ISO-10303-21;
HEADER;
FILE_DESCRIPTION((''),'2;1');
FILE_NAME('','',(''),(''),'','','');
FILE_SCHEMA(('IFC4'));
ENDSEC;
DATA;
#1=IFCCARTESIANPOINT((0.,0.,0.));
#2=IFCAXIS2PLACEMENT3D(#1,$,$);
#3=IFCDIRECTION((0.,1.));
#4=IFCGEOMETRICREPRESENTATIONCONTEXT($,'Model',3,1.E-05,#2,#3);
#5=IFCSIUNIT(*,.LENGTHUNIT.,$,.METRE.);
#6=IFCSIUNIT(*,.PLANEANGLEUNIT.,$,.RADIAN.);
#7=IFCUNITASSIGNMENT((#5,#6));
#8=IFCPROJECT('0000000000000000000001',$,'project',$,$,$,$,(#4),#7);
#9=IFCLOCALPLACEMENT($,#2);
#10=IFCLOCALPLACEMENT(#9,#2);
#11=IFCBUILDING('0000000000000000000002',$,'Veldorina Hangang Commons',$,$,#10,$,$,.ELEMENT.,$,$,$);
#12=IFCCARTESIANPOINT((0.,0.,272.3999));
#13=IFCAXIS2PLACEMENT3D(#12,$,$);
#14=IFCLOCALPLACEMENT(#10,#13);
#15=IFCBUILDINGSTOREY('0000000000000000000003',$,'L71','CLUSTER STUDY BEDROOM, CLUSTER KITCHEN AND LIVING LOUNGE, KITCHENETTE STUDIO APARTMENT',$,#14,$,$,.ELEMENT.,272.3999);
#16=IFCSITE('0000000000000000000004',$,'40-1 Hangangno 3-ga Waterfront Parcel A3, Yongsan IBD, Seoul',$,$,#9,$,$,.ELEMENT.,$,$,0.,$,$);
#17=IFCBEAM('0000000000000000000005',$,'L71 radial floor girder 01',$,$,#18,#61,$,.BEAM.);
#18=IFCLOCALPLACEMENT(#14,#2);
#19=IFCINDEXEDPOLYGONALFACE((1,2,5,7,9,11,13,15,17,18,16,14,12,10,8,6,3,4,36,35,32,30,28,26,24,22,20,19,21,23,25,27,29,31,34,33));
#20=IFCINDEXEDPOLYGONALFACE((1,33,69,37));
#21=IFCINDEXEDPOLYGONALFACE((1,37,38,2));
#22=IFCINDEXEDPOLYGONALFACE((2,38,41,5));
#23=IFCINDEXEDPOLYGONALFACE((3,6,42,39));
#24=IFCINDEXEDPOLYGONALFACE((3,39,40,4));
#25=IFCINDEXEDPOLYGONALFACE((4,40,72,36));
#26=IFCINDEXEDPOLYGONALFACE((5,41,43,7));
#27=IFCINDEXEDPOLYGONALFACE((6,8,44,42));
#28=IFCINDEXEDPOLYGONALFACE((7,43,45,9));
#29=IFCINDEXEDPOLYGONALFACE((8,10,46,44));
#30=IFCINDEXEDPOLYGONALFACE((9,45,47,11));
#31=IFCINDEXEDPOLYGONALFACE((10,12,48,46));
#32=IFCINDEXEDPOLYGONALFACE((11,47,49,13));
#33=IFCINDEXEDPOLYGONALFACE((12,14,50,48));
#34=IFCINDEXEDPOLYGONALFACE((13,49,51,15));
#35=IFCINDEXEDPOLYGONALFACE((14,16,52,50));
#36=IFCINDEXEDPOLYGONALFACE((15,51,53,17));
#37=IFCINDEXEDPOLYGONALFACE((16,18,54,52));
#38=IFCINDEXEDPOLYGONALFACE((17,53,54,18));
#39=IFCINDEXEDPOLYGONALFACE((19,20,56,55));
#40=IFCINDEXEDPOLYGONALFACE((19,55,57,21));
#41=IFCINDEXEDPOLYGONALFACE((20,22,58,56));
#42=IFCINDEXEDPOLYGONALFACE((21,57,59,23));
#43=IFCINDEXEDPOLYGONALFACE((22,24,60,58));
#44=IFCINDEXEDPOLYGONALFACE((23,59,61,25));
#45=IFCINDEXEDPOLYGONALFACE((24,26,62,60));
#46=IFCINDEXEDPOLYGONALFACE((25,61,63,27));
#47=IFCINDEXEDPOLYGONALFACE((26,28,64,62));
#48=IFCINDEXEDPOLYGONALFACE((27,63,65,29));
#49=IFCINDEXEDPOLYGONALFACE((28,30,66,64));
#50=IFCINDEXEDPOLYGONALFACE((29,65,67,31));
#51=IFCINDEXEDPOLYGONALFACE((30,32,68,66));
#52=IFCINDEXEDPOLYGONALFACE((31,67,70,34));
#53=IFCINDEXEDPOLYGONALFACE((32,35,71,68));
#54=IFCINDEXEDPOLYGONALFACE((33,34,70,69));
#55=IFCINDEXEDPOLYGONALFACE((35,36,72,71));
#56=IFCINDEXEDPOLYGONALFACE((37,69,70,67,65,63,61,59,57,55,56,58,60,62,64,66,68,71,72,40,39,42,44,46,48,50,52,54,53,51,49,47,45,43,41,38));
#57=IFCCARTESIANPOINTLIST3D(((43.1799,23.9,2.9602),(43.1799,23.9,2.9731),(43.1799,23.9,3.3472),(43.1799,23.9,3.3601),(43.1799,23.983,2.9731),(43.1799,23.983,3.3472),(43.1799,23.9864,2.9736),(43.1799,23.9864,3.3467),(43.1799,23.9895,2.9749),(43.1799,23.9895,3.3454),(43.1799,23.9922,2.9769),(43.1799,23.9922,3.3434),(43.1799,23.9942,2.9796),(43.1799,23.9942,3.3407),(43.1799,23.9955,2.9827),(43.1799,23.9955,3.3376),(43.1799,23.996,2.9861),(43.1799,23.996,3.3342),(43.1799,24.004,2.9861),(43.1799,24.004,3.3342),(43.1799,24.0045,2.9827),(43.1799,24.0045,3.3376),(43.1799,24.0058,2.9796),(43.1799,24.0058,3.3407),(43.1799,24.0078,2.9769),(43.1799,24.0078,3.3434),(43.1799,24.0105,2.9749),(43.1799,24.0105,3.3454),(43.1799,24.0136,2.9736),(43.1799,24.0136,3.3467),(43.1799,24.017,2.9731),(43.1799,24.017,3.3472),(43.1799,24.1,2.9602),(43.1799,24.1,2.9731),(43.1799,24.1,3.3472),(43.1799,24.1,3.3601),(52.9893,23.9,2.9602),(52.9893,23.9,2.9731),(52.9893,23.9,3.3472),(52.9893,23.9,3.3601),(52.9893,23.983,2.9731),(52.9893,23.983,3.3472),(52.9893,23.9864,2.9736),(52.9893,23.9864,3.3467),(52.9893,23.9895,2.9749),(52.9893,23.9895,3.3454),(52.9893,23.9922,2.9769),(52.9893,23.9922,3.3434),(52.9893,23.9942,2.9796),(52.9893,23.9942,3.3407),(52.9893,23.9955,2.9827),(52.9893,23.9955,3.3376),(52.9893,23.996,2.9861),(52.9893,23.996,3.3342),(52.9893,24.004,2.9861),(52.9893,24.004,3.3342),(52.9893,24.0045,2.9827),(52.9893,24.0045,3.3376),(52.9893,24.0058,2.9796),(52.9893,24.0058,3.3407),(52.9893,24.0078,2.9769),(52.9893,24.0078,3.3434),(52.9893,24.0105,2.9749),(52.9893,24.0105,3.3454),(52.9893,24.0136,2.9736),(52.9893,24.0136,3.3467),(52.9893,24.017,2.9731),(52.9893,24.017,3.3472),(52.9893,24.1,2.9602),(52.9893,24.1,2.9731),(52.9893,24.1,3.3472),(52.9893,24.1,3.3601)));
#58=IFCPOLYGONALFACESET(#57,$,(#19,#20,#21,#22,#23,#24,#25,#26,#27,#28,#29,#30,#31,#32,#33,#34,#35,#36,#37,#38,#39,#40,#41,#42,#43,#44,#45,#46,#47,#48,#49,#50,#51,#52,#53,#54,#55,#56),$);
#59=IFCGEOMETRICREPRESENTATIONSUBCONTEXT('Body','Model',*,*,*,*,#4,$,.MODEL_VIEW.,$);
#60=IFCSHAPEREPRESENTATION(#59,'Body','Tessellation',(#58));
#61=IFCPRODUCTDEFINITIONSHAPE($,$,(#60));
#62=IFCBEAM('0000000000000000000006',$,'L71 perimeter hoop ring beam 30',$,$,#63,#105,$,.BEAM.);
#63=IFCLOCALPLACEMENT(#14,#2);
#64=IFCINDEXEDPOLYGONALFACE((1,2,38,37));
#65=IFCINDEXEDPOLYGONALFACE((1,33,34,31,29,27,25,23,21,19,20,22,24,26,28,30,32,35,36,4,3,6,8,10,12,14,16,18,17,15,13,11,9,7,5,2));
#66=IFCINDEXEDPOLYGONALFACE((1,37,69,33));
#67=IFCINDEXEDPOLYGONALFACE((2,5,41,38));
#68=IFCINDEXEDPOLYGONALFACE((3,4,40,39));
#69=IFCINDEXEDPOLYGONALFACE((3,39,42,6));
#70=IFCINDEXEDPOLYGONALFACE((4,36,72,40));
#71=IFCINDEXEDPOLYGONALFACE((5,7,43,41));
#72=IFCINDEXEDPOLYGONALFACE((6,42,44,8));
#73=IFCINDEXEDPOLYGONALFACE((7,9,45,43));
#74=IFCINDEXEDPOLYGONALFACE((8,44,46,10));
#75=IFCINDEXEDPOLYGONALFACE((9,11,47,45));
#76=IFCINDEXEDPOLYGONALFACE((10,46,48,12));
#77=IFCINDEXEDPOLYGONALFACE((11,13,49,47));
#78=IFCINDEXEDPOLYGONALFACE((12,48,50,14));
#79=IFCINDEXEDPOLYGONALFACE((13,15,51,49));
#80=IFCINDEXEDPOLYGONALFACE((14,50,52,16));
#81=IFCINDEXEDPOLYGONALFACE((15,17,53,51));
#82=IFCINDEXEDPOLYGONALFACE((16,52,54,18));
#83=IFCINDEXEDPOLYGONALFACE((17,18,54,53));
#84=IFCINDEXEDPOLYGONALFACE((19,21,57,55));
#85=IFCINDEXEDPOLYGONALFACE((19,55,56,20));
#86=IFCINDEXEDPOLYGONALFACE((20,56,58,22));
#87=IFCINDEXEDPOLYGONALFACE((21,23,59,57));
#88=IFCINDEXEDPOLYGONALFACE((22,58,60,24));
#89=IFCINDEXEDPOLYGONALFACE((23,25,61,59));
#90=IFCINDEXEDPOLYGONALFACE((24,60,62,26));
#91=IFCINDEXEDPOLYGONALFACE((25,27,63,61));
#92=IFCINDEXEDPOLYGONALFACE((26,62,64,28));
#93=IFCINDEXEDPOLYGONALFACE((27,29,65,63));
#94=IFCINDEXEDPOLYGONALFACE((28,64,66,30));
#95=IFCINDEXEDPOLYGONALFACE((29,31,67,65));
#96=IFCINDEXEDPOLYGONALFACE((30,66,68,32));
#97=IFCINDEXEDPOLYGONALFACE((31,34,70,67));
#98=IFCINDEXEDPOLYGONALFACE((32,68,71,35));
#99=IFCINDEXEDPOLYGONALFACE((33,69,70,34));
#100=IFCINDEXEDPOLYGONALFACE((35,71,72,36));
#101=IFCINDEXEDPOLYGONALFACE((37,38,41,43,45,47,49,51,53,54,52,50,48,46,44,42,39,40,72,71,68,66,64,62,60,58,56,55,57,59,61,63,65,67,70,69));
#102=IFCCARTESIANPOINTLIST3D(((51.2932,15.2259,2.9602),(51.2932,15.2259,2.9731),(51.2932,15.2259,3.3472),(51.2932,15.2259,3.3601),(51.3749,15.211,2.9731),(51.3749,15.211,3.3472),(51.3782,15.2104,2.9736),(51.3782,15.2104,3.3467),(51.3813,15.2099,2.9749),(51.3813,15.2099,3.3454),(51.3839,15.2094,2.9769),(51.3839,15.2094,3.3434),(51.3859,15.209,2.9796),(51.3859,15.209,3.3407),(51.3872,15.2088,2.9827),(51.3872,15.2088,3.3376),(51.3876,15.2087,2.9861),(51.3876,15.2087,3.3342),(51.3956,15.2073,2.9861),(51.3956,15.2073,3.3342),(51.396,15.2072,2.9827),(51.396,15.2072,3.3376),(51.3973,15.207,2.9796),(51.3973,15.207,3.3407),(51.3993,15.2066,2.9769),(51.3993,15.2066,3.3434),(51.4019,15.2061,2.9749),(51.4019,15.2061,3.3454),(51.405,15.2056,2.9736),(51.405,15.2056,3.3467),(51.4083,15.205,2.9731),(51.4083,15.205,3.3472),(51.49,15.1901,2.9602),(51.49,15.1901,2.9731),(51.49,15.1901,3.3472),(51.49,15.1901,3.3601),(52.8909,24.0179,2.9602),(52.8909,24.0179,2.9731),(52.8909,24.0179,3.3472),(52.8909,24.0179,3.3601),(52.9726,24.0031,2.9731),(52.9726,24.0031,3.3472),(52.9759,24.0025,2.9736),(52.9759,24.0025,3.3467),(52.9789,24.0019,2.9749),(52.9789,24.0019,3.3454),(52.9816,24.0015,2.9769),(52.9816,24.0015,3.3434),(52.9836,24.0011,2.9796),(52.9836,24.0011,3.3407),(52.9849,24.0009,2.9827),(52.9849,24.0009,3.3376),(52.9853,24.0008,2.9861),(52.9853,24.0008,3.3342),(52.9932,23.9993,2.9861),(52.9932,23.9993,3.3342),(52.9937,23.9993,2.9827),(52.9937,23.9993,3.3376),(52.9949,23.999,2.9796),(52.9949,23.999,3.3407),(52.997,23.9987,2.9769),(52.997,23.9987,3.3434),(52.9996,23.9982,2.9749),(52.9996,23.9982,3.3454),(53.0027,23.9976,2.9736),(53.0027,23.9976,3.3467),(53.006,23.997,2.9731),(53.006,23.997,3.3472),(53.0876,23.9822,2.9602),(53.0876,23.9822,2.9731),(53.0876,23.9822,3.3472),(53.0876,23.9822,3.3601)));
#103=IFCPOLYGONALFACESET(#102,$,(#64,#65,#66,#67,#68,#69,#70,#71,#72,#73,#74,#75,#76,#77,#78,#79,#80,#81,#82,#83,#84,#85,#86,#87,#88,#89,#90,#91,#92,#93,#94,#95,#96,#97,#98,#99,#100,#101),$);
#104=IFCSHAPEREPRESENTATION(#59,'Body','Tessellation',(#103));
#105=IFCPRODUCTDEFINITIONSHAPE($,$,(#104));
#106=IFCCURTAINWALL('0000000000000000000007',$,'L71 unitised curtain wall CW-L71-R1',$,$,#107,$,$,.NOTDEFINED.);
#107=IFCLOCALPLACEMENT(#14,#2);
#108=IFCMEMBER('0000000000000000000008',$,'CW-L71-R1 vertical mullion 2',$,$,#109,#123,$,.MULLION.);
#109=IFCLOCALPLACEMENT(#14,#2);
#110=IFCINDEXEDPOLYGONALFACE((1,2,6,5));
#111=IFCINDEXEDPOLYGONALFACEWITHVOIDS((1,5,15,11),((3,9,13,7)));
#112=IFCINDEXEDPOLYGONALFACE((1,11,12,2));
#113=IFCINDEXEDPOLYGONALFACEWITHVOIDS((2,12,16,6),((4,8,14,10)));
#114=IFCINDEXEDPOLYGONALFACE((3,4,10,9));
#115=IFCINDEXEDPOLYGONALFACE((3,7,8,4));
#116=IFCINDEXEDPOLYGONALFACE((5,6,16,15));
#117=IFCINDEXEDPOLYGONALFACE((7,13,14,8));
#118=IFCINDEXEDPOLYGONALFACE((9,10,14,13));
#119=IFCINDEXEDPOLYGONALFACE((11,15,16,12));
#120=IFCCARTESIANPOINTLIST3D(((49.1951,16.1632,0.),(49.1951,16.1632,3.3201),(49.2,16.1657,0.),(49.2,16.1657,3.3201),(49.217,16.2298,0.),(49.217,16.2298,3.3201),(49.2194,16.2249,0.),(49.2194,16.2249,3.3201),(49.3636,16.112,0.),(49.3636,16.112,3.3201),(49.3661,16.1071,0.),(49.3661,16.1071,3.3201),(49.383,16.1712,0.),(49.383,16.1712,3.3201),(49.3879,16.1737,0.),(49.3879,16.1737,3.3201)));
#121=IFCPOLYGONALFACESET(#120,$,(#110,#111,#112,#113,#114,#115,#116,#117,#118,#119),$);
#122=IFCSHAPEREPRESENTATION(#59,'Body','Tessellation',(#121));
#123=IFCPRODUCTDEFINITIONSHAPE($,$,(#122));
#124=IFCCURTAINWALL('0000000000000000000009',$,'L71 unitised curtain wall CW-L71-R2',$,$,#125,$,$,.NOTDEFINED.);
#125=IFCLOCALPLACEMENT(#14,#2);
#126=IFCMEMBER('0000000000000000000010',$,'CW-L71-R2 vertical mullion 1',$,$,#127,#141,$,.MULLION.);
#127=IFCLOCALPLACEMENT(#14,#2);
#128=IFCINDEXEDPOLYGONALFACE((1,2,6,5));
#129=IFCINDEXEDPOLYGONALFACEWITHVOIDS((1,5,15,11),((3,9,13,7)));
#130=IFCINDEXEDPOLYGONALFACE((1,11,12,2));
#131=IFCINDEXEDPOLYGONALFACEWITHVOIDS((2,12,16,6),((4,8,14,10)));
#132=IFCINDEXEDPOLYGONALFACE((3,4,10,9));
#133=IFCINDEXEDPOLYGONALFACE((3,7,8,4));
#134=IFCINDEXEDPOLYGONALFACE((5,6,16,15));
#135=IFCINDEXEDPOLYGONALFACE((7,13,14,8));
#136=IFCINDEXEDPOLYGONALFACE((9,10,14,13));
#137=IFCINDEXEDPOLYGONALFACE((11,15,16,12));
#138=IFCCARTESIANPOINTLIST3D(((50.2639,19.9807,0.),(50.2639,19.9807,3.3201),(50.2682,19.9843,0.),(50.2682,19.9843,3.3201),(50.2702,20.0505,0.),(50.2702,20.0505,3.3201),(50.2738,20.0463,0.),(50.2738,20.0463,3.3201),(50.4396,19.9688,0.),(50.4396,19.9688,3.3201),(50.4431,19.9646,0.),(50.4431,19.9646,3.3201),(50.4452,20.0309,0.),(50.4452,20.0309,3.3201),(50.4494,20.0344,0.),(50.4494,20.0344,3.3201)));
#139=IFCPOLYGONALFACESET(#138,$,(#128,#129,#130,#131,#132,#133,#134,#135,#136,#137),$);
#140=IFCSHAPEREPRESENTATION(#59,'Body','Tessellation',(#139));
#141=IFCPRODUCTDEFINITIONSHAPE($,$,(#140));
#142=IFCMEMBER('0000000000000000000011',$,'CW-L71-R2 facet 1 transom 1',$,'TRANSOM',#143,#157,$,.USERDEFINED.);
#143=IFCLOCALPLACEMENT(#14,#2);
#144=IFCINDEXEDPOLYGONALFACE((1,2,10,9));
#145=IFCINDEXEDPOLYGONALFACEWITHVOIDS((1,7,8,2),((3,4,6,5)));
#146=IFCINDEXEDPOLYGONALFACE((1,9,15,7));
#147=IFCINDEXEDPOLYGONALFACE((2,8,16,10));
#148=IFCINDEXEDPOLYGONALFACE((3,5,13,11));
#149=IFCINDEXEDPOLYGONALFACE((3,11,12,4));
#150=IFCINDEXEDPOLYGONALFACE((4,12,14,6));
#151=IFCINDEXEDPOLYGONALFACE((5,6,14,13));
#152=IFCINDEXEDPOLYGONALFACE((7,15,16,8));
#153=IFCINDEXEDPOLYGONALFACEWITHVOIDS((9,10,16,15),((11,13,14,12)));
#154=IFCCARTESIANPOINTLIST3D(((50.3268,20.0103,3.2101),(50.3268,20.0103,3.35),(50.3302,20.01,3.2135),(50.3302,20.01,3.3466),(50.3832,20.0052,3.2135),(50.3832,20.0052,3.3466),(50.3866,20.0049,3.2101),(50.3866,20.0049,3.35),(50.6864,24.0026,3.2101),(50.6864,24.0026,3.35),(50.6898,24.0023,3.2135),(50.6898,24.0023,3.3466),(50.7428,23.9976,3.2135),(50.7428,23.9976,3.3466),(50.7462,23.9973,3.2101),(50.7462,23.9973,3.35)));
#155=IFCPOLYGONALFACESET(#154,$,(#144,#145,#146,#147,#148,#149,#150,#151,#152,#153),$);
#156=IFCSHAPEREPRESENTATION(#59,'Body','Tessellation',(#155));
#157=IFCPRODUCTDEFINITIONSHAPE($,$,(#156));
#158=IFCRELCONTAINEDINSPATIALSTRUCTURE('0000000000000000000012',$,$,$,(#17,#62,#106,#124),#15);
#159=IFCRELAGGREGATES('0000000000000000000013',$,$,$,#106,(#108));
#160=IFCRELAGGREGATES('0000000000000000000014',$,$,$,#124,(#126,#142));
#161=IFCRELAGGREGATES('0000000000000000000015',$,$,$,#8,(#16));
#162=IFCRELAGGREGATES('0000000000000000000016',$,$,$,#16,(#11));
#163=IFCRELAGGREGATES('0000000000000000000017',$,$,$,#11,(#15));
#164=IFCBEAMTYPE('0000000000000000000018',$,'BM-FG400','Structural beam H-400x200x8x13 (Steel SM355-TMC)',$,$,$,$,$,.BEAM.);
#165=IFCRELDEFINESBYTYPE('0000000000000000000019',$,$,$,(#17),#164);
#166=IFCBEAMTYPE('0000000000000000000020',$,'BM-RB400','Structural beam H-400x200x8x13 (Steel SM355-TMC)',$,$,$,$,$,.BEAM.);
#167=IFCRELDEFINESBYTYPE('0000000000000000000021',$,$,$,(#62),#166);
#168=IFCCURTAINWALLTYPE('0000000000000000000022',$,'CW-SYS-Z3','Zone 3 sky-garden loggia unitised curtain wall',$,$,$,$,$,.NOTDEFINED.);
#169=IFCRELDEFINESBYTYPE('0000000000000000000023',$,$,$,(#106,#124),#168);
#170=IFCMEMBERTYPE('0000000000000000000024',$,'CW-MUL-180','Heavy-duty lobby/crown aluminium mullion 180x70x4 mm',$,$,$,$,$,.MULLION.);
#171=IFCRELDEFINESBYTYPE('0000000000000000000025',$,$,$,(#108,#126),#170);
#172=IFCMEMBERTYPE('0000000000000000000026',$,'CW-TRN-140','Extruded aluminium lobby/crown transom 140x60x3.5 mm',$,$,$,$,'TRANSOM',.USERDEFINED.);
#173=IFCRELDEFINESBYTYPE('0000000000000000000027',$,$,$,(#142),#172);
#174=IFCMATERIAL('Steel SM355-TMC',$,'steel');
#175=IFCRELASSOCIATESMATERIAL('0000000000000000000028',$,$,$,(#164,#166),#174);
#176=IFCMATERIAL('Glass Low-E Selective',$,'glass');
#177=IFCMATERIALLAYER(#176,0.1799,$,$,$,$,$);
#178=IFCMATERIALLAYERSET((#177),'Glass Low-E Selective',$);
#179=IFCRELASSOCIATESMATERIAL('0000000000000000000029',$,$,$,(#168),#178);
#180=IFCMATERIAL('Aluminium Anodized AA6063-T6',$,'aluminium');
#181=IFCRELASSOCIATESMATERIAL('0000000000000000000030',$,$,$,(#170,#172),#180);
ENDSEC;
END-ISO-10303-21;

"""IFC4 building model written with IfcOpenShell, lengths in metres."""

from ifc_helpers import new_model, si_unit, direction, frame, origin, origin_2d, place, context, subcontext, project, spatial, hollow_rectangle, i_section, extrude, material, layer, layer_set, material_profile, profile_set, type_object, element, aggregate, save


model = new_model("IFC4")

# Units and contexts
model_context = context("Model", 3, precision=1e-05, world=origin(), true_north=direction((0.0, 1.0)))
body_context = subcontext(model_context, "Body", "Model", "MODEL_VIEW")
ifc_project = project(units=[si_unit("LENGTHUNIT", "METRE"), si_unit("PLANEANGLEUNIT", "RADIAN")], contexts=[model_context])

# Site, building, storey
site_placement = place(None, origin())
site = spatial("IfcSite", under=ifc_project, at=site_placement, Name="40-1 Hangangno 3-ga Waterfront Parcel A3, Yongsan IBD, Seoul", CompositionType="ELEMENT", RefElevation=0.0)
building_placement = place(site_placement, origin())
building = spatial("IfcBuilding", under=site, at=building_placement, Name="Veldorina Hangang Commons", CompositionType="ELEMENT")
storey_placement = place(building_placement, frame((0.0, 0.0, 272.3999)))
storey = spatial("IfcBuildingStorey", under=building, at=storey_placement, Name="L71", Description="CLUSTER STUDY BEDROOM, CLUSTER KITCHEN AND LIVING LOUNGE, KITCHENETTE STUDIO APARTMENT", CompositionType="ELEMENT", Elevation=272.3999)

# Beams
ifc_material_1 = material(Name="Steel SM355-TMC", Category="steel")
ifc_material_profile_1 = material_profile(ifc_material_1, i_section(OverallWidth=0.2, OverallDepth=0.3999, WebThickness=0.0081, FlangeThickness=0.0129, FilletRadius=0.0129, at=origin_2d()), Name="H-400x200x8x13")
ifc_profile_set_1 = profile_set([ifc_material_profile_1], Name="Steel SM355-TMC")
beam_type_1 = type_object("IfcBeamType", Name="BM-FG400", Description="Structural beam H-400x200x8x13 (Steel SM355-TMC)", PredefinedType="BEAM", material=ifc_profile_set_1)
beam_1_placement = place(storey_placement, frame((43.1799, 24.0, 3.1602), z_axis=(1.0, 0.0, 0.0), x_axis=(0.0, 1.0, 0.0)))
element("IfcBeam", 1, at=beam_1_placement, inside=storey, type_object=beam_type_1, Name="L71 radial floor girder 01", PredefinedType="BEAM", context=body_context, shape_type="SweptSolid", body=[
    extrude(i_section(OverallWidth=0.2, OverallDepth=0.3999, WebThickness=0.0081, FlangeThickness=0.0129, FilletRadius=0.0129, at=origin_2d()), origin(), (0.0, 0.0, 1.0), 9.8093),
])
ifc_material_profile_2 = material_profile(ifc_material_1, i_section(OverallWidth=0.2, OverallDepth=0.3999, WebThickness=0.0081, FlangeThickness=0.0129, FilletRadius=0.0129, at=origin_2d()), Name="H-400x200x8x13")
ifc_profile_set_2 = profile_set([ifc_material_profile_2], Name="Steel SM355-TMC")
beam_type_2 = type_object("IfcBeamType", Name="BM-RB400", Description="Structural beam H-400x200x8x13 (Steel SM355-TMC)", PredefinedType="BEAM", material=ifc_profile_set_2)
beam_2_placement = place(storey_placement, frame((51.3916, 15.208, 3.1602), z_axis=(0.178789, 0.983887, 0.0), x_axis=(-0.983887, 0.178789, 0.0)))
element("IfcBeam", 2, at=beam_2_placement, inside=storey, type_object=beam_type_2, Name="L71 perimeter hoop ring beam 30", PredefinedType="BEAM", context=body_context, shape_type="SweptSolid", body=[
    extrude(i_section(OverallWidth=0.2, OverallDepth=0.3999, WebThickness=0.0081, FlangeThickness=0.0129, FilletRadius=0.0129, at=origin_2d()), origin(), (0.0, 0.0, 1.0), 8.936),
])

# Curtain wall, member
ifc_material_2 = material(Name="Glass Low-E Selective", Category="glass")
ifc_layer_1 = layer(ifc_material_2, 0.1799)
ifc_layer_set_1 = layer_set([ifc_layer_1], Name="Glass Low-E Selective")
curtain_wall_type = type_object("IfcCurtainWallType", Name="CW-SYS-Z3", Description="Zone 3 sky-garden loggia unitised curtain wall", PredefinedType="NOTDEFINED", material=ifc_layer_set_1)
curtain_wall_1_placement = place(storey_placement, origin())
curtain_wall_1 = element("IfcCurtainWall", 3, at=curtain_wall_1_placement, inside=storey, type_object=curtain_wall_type, Name="L71 unitised curtain wall CW-L71-R1", PredefinedType="NOTDEFINED")
ifc_material_3 = material(Name="Aluminium Anodized AA6063-T6", Category="aluminium")
ifc_material_profile_3 = material_profile(ifc_material_3, hollow_rectangle(XDim=0.0701, YDim=0.1799, WallThickness=0.0039, at=origin_2d()), Name="ALU-RHS-180x70x4")
ifc_profile_set_3 = profile_set([ifc_material_profile_3], Name="Aluminium Anodized AA6063-T6")
member_type_1 = type_object("IfcMemberType", Name="CW-MUL-180", Description="Heavy-duty lobby/crown aluminium mullion 180x70x4 mm", PredefinedType="MULLION", material=ifc_profile_set_3)
member_1_placement = place(storey_placement, frame((49.2915, 16.1685, 0.0), z_axis=(0.0, 0.0, 1.0), x_axis=(-0.311954, -0.950097, 0.0)))
member_1 = element("IfcMember", 4, at=member_1_placement, type_object=member_type_1, Name="CW-L71-R1 vertical mullion 2", PredefinedType="MULLION", context=body_context, shape_type="SweptSolid", body=[
    extrude(hollow_rectangle(XDim=0.0701, YDim=0.1799, WallThickness=0.0039, at=origin_2d()), origin(), (0.0, 0.0, 1.0), 3.3201),
])

# Curtain wall, members
curtain_wall_2_placement = place(storey_placement, origin())
curtain_wall_2 = element("IfcCurtainWall", 5, at=curtain_wall_2_placement, inside=storey, type_object=curtain_wall_type, Name="L71 unitised curtain wall CW-L71-R2", PredefinedType="NOTDEFINED")
member_2_placement = place(storey_placement, frame((50.3567, 20.0076, 0.0), z_axis=(0.0, 0.0, 1.0), x_axis=(0.089711, 0.995968, 0.0)))
member_2 = element("IfcMember", 6, at=member_2_placement, type_object=member_type_1, Name="CW-L71-R2 vertical mullion 1", PredefinedType="MULLION", context=body_context, shape_type="SweptSolid", body=[
    extrude(hollow_rectangle(XDim=0.0701, YDim=0.1799, WallThickness=0.0039, at=origin_2d()), origin(), (0.0, 0.0, 1.0), 3.3201),
])
ifc_material_profile_4 = material_profile(ifc_material_3, hollow_rectangle(XDim=0.0601, YDim=0.1399, WallThickness=0.0034, at=origin_2d()), Name="ALU-RHS-140x60x3.5")
ifc_profile_set_4 = profile_set([ifc_material_profile_4], Name="Aluminium Anodized AA6063-T6")
member_type_2 = type_object("IfcMemberType", Name="CW-TRN-140", Description="Extruded aluminium lobby/crown transom 140x60x3.5 mm", ElementType="TRANSOM", PredefinedType="USERDEFINED", material=ifc_profile_set_4)
member_3_placement = place(storey_placement, frame((50.3567, 20.0076, 3.28), z_axis=(0.089712, 0.995968, 0.0), x_axis=(-0.995968, 0.089712, 0.0)))
member_3 = element("IfcMember", 7, at=member_3_placement, type_object=member_type_2, Name="CW-L71-R2 facet 1 transom 1", ObjectType="TRANSOM", PredefinedType="USERDEFINED", context=body_context, shape_type="SweptSolid", body=[
    extrude(hollow_rectangle(XDim=0.0601, YDim=0.1399, WallThickness=0.0034, at=origin_2d()), origin(), (0.0, 0.0, 1.0), 4.0085),
])

aggregate(curtain_wall_1, [member_1])
aggregate(curtain_wall_2, [member_2, member_3])

save(model, "model.ifc")
